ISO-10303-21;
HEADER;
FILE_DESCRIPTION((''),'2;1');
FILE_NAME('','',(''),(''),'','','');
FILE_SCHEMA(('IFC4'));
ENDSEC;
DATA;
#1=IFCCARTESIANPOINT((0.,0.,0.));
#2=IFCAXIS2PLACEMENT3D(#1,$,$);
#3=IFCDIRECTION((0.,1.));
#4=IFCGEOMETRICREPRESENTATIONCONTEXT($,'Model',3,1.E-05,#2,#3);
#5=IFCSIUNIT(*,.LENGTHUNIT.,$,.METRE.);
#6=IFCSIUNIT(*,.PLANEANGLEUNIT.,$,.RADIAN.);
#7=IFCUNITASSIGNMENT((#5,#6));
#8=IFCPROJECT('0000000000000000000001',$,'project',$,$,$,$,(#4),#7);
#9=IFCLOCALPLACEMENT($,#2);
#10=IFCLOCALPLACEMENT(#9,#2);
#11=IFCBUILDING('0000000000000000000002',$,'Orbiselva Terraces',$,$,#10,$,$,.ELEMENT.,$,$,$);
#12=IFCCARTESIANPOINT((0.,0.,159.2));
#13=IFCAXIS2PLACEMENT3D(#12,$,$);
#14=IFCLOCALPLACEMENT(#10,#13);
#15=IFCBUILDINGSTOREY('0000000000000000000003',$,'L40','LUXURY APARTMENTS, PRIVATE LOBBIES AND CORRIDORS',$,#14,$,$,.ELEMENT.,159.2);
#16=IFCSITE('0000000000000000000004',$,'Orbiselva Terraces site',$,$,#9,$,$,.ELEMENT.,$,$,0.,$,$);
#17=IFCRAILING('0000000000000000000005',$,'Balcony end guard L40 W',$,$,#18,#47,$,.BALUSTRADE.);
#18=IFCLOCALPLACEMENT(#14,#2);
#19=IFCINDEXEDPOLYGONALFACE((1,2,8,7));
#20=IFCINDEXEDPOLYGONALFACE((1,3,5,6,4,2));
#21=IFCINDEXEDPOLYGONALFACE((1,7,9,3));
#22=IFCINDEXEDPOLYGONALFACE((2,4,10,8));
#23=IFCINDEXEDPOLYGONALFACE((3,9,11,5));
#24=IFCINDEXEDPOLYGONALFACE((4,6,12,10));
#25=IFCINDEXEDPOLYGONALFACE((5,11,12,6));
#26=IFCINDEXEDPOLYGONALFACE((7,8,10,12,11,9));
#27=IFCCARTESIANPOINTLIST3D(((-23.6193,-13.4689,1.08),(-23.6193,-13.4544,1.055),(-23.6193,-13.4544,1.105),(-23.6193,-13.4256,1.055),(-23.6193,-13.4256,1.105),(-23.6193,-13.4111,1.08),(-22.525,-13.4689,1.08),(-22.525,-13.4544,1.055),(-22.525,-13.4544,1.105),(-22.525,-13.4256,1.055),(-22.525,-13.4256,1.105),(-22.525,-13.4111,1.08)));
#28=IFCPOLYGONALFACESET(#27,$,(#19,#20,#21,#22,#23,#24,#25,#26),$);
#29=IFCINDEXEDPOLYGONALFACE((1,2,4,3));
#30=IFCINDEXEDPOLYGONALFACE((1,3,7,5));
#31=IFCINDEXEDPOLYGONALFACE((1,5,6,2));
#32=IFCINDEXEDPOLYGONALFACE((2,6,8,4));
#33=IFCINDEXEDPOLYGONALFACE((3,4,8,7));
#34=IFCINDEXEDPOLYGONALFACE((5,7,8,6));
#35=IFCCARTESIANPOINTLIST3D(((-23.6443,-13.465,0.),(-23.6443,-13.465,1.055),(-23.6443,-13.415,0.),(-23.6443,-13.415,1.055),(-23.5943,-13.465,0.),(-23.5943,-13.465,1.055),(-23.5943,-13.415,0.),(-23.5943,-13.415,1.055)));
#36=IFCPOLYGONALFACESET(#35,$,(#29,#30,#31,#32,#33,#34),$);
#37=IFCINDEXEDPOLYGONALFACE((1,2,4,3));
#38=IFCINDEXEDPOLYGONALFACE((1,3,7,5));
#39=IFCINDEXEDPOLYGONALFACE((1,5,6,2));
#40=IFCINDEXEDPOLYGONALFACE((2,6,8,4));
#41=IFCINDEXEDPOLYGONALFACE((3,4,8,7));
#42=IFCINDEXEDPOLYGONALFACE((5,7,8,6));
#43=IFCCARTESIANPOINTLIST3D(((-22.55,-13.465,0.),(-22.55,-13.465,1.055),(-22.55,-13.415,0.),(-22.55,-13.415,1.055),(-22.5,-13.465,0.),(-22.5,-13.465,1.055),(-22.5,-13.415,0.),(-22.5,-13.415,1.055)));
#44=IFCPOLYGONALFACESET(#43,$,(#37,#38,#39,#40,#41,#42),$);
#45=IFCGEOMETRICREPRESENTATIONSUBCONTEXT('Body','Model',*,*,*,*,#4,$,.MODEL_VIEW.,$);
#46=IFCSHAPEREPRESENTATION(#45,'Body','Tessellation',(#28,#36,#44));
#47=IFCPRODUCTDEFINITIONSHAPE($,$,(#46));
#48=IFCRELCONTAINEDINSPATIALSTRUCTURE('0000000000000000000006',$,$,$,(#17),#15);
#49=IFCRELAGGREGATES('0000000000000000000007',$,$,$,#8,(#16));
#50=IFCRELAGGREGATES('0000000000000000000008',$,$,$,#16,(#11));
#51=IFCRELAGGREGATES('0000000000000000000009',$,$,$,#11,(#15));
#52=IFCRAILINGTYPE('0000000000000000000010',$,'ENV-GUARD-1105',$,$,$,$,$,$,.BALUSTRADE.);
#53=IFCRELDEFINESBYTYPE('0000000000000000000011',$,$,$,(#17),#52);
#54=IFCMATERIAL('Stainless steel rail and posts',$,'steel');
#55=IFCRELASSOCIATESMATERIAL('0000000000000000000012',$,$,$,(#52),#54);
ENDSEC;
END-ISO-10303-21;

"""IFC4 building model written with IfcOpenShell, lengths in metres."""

from ifc_helpers import new_model, si_unit, direction, frame, origin, origin_2d, place, context, subcontext, project, spatial, polyline, rectangle, outline, extrude, material, type_object, element, save


model = new_model("IFC4")

# Units and contexts
model_context = context("Model", 3, precision=1e-05, world=origin(), true_north=direction((0.0, 1.0)))
body_context = subcontext(model_context, "Body", "Model", "MODEL_VIEW")
ifc_project = project(units=[si_unit("LENGTHUNIT", "METRE"), si_unit("PLANEANGLEUNIT", "RADIAN")], contexts=[model_context])

# Site, building, storey
site_placement = place(None, origin())
site = spatial("IfcSite", under=ifc_project, at=site_placement, Name="Orbiselva Terraces site", CompositionType="ELEMENT", RefElevation=0.0)
building_placement = place(site_placement, origin())
building = spatial("IfcBuilding", under=site, at=building_placement, Name="Orbiselva Terraces", CompositionType="ELEMENT")
storey_placement = place(building_placement, frame((0.0, 0.0, 159.2)))
storey = spatial("IfcBuildingStorey", under=building, at=storey_placement, Name="L40", Description="LUXURY APARTMENTS, PRIVATE LOBBIES AND CORRIDORS", CompositionType="ELEMENT", Elevation=159.2)

# Railing
ifc_material_1 = material(Name="Stainless steel rail and posts", Category="steel")
railing_type_1 = type_object("IfcRailingType", Name="ENV-GUARD-1105", PredefinedType="BALUSTRADE", material=ifc_material_1)
railing_1_placement = place(storey_placement, frame((-23.6193, -13.44, 0.0)))
element("IfcRailing", 1, at=railing_1_placement, inside=storey, type_object=railing_type_1, Name="Balcony end guard L40 W", PredefinedType="BALUSTRADE", context=body_context, shape_type="SweptSolid", body=[
    extrude(outline(polyline([(0.0289, 0.0), (0.0144, 0.025), (-0.0144, 0.025), (-0.0289, 0.0), (-0.0144, -0.025), (0.0144, -0.025), (0.0289, 0.0)])), frame((0.0, 0.0, 1.08), z_axis=(1.0, 0.0, 0.0), x_axis=(0.0, 1.0, 0.0)), (0.0, 0.0, 1.0), 1.0943),
    extrude(rectangle(XDim=0.05, YDim=0.05, at=origin_2d()), origin(), (0.0, 0.0, 1.0), 1.055),
    extrude(rectangle(XDim=0.05, YDim=0.05, at=origin_2d()), frame((1.0943, 0.0, 0.0)), (0.0, 0.0, 1.0), 1.055),
])

save(model, "model.ifc")
